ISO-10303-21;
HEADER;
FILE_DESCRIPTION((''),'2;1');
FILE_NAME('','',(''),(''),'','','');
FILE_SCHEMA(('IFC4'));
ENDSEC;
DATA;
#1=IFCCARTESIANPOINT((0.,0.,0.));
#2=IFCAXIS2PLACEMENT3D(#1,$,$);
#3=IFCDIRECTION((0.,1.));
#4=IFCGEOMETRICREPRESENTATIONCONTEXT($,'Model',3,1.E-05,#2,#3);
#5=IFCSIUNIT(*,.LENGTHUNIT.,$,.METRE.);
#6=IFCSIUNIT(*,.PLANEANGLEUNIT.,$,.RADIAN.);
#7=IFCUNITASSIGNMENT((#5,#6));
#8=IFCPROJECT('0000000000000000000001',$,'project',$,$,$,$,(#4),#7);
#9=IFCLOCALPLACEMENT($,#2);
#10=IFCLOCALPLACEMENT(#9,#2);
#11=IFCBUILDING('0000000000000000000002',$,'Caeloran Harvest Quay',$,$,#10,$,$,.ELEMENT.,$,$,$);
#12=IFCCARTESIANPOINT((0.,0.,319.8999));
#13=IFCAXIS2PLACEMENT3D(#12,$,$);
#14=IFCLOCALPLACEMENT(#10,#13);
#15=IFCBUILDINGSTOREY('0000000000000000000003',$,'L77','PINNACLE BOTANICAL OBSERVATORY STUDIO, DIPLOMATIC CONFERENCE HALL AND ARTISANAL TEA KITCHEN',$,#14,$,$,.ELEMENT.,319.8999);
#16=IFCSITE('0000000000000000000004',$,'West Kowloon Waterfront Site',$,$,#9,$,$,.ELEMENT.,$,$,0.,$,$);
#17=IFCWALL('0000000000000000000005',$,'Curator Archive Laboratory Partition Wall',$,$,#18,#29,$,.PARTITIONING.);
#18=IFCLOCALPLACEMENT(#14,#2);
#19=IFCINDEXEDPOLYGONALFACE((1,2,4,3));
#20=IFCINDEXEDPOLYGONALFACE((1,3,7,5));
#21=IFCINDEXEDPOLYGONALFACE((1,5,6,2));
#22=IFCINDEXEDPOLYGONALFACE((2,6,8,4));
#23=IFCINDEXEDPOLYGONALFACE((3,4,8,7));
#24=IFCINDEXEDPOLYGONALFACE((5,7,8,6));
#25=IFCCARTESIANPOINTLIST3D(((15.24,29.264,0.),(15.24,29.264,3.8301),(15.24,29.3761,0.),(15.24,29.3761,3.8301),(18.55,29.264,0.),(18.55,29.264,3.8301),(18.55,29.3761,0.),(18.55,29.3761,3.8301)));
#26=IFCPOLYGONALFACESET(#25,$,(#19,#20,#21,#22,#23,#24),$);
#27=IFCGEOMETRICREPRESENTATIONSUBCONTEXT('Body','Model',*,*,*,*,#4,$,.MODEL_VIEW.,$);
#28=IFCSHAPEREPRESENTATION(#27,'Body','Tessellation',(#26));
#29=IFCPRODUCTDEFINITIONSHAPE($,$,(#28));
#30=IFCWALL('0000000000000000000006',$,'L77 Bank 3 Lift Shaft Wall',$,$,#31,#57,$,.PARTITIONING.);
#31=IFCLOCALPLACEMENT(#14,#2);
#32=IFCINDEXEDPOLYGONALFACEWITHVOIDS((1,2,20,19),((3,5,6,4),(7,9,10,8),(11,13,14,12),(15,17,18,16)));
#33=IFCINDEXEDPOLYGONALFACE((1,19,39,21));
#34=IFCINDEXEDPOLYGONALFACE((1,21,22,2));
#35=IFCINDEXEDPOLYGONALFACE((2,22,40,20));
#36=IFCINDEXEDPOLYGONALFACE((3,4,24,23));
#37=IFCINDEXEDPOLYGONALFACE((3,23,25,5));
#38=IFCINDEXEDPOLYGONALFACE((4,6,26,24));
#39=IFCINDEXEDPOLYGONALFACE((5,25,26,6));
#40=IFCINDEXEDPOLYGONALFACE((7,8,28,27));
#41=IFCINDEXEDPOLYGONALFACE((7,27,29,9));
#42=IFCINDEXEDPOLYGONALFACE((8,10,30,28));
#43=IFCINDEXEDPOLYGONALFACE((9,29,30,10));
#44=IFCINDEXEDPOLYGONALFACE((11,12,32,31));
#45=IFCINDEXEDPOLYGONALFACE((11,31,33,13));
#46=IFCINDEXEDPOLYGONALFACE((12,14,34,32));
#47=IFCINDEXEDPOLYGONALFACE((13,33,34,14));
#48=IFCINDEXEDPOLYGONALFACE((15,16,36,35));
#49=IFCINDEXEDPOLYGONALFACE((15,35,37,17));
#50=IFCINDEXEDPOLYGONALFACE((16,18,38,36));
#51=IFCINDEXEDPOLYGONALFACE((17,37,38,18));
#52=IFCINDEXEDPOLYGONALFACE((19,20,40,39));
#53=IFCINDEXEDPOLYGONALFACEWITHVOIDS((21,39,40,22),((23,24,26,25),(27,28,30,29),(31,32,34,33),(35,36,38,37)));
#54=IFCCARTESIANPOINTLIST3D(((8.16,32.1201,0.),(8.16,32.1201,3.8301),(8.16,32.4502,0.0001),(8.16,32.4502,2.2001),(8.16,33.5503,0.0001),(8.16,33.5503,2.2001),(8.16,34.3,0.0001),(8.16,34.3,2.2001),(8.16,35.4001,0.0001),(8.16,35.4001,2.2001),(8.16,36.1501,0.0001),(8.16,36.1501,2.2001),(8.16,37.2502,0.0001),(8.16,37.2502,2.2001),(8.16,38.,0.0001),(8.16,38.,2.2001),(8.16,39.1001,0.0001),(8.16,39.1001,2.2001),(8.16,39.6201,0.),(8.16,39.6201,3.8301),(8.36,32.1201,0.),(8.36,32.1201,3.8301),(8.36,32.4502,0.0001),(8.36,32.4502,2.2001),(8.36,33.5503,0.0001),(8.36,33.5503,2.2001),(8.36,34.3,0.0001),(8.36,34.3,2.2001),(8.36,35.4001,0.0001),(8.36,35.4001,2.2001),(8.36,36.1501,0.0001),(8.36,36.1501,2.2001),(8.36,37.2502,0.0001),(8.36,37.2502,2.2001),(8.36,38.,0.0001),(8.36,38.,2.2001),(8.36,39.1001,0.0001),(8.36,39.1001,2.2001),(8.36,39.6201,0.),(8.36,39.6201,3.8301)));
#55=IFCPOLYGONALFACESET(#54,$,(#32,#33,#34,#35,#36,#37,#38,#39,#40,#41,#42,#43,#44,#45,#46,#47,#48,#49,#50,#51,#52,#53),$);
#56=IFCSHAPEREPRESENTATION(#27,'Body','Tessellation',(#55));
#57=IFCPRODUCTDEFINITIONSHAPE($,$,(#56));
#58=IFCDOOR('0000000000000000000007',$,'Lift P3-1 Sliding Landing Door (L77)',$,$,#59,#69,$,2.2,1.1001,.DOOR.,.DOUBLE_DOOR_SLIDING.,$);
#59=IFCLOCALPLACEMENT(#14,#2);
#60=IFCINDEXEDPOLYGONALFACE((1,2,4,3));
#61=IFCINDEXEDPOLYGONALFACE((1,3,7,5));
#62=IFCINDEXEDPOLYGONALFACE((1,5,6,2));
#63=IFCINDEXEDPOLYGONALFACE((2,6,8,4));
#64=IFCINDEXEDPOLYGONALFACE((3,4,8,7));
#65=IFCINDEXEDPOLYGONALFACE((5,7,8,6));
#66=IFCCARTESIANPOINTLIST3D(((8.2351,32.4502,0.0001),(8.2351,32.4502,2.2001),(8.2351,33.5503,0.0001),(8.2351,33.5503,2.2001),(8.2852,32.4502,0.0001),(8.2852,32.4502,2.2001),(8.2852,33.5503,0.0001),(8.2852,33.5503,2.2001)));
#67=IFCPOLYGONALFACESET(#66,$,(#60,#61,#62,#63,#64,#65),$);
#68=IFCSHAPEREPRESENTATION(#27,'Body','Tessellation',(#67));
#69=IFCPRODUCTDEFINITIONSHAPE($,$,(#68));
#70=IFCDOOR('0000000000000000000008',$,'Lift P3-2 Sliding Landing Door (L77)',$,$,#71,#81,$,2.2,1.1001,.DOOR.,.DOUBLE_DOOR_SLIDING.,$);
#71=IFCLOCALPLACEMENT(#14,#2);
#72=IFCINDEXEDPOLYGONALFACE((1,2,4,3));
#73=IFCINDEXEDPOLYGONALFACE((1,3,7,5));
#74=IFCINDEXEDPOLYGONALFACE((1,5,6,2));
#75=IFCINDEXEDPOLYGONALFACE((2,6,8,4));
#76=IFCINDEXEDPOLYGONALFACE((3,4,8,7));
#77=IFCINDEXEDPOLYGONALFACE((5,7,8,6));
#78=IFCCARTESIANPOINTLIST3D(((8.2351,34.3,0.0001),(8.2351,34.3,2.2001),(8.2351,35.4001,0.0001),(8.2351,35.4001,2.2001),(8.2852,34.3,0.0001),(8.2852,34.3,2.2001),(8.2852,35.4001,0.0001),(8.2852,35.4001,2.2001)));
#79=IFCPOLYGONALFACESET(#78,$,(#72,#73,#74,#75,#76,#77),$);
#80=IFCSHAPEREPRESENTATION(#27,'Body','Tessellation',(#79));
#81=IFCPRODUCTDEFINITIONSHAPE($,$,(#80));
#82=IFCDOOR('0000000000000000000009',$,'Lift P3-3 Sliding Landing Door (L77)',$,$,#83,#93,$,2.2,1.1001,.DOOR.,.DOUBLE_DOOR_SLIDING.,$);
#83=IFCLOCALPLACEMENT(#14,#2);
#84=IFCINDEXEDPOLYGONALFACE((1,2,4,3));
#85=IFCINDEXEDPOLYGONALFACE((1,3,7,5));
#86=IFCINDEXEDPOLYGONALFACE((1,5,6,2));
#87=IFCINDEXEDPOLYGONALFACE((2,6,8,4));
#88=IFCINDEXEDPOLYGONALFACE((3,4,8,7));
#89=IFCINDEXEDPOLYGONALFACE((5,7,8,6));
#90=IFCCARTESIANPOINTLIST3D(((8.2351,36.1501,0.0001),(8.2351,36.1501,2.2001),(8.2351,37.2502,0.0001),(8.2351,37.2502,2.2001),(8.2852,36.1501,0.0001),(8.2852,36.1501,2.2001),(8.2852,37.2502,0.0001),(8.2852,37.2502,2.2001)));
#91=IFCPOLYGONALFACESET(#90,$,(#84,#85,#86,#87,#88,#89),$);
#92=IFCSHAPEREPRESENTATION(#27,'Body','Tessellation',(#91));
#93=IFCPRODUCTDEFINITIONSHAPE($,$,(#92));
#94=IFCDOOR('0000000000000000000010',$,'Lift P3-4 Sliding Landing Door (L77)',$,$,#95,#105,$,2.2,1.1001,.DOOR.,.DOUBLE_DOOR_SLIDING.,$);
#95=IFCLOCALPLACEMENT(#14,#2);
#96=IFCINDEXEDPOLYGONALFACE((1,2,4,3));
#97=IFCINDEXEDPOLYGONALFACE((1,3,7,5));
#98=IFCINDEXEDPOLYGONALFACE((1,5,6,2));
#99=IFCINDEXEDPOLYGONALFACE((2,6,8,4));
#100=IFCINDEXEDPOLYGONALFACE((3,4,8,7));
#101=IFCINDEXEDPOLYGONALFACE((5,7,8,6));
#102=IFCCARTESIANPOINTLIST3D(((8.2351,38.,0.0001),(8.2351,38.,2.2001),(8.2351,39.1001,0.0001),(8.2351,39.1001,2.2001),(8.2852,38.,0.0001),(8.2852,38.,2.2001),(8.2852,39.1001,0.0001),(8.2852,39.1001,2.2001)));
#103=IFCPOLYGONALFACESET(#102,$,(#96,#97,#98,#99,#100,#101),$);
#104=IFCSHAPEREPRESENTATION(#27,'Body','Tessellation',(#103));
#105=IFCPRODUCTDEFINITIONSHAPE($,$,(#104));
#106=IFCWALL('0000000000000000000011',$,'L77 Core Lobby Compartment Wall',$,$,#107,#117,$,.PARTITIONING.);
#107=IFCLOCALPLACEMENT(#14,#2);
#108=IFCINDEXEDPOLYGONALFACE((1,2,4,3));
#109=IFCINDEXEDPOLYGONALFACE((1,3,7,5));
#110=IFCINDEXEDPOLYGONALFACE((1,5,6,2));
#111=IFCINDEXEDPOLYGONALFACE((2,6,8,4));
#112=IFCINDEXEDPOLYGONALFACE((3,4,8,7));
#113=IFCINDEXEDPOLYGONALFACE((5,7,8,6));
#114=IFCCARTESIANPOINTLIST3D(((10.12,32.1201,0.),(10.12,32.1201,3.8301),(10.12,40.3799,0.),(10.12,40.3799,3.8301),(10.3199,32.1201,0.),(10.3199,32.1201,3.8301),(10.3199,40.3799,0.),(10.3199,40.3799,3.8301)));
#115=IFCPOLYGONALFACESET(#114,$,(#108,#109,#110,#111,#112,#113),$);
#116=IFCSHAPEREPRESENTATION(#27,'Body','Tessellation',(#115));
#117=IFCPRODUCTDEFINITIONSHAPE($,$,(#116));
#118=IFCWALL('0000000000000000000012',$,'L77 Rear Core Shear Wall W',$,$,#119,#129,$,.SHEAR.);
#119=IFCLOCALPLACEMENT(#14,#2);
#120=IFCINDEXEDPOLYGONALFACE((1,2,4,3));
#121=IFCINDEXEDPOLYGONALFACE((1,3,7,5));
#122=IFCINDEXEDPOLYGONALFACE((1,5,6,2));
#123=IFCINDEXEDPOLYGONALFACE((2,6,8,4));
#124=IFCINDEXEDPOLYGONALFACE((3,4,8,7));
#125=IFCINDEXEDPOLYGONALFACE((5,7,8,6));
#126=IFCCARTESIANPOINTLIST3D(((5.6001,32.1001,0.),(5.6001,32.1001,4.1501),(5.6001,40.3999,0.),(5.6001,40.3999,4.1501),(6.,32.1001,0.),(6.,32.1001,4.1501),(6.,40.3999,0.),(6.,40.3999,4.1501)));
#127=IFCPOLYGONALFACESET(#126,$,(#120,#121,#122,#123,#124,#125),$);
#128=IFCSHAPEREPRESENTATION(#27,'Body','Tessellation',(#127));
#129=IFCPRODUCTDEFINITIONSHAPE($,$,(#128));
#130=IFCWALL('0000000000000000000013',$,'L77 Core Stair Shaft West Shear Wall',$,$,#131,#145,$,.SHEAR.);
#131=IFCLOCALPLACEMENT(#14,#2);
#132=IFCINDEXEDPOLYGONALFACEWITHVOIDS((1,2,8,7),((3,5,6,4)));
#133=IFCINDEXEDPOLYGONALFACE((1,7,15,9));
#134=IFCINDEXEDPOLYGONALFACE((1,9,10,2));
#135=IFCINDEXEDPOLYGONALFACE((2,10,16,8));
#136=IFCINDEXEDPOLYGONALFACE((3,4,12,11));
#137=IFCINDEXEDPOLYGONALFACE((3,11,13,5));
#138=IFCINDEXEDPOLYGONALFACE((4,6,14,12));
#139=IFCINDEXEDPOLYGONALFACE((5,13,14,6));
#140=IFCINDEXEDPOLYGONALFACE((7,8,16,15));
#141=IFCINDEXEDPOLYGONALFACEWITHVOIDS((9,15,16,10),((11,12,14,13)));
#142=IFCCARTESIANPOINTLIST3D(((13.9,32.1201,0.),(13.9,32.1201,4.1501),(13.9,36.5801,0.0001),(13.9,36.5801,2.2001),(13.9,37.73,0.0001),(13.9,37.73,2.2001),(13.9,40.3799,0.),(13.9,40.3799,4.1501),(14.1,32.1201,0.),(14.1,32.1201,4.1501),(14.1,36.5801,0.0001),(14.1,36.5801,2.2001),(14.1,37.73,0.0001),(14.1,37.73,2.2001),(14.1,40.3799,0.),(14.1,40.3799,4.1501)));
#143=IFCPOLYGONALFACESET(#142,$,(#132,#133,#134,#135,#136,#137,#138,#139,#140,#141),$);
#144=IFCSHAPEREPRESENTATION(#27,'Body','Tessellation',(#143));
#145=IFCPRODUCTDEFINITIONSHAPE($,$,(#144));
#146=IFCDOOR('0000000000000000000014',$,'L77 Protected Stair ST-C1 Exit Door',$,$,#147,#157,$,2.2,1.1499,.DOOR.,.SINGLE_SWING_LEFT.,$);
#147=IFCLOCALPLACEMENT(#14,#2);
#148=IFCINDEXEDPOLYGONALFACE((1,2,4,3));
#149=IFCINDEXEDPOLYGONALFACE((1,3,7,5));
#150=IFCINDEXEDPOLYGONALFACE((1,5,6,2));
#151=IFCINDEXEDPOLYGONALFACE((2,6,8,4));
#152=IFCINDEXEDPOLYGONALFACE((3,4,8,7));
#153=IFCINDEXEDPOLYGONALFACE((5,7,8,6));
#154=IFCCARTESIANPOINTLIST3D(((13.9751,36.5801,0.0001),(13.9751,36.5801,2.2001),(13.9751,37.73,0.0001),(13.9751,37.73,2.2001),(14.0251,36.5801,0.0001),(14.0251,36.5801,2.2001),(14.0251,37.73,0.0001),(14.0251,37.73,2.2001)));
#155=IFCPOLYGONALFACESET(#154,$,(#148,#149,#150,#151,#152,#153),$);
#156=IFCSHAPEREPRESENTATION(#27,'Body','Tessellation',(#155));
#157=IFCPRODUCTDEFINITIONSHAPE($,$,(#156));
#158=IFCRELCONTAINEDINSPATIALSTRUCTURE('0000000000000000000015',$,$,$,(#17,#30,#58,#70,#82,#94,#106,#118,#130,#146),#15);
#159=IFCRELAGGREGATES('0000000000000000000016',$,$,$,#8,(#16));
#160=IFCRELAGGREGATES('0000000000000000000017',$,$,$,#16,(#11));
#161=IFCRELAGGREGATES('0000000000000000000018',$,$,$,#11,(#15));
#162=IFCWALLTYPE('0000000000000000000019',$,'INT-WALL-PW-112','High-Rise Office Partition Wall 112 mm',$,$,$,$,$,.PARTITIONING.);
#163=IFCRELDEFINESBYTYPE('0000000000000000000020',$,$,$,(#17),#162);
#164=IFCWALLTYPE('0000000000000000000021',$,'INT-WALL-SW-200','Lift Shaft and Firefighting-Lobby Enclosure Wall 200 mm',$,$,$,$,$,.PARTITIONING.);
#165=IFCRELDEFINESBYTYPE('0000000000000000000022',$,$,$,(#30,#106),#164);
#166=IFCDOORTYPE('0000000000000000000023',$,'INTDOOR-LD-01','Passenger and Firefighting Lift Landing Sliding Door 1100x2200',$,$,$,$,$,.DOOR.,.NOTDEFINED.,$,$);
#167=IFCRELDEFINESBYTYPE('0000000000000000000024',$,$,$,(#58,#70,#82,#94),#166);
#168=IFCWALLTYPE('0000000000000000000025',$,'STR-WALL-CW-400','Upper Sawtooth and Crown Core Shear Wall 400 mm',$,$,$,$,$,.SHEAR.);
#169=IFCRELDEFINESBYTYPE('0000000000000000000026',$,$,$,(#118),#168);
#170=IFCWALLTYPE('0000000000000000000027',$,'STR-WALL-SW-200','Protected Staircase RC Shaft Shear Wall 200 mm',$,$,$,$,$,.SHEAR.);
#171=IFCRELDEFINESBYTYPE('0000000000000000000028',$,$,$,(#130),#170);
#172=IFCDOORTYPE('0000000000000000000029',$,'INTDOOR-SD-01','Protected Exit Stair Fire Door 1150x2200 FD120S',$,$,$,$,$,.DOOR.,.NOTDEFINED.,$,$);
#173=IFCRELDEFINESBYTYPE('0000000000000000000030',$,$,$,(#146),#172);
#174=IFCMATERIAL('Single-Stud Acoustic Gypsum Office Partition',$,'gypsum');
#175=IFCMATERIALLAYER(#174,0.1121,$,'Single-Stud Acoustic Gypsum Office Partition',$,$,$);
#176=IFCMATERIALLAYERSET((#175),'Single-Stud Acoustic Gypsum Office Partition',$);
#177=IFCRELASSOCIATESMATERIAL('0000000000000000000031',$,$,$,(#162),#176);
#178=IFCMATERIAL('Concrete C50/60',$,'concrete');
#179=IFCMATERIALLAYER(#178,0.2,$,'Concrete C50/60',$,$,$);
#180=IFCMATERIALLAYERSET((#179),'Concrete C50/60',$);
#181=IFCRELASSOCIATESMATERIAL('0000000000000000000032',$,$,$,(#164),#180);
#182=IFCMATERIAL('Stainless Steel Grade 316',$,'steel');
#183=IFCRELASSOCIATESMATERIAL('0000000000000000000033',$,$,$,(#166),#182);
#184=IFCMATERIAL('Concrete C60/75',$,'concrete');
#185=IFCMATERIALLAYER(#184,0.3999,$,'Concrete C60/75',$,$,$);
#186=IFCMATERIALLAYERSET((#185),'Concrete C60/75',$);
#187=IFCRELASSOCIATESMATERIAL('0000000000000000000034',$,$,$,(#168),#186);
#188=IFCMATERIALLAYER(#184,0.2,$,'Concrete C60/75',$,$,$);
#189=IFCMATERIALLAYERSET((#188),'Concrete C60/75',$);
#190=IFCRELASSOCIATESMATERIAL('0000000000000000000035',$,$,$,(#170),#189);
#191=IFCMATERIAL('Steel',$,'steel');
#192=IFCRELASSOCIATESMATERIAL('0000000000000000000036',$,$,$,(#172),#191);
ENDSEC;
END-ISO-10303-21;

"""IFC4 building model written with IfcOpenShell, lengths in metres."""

from ifc_helpers import new_model, si_unit, direction, frame, frame_2d, origin, place, context, subcontext, project, spatial, rectangle, extrude, material, layer, layer_set, type_object, element, fill, save


model = new_model("IFC4")

# Units and contexts
model_context = context("Model", 3, precision=1e-05, world=origin(), true_north=direction((0.0, 1.0)))
body_context = subcontext(model_context, "Body", "Model", "MODEL_VIEW")
ifc_project = project(units=[si_unit("LENGTHUNIT", "METRE"), si_unit("PLANEANGLEUNIT", "RADIAN")], contexts=[model_context])

# Site, building, storey
site_placement = place(None, origin())
site = spatial("IfcSite", under=ifc_project, at=site_placement, Name="West Kowloon Waterfront Site", CompositionType="ELEMENT", RefElevation=0.0)
building_placement = place(site_placement, origin())
building = spatial("IfcBuilding", under=site, at=building_placement, Name="Caeloran Harvest Quay", CompositionType="ELEMENT")
storey_placement = place(building_placement, frame((0.0, 0.0, 319.8999)))
storey = spatial("IfcBuildingStorey", under=building, at=storey_placement, Name="L77", Description="PINNACLE BOTANICAL OBSERVATORY STUDIO, DIPLOMATIC CONFERENCE HALL AND ARTISANAL TEA KITCHEN", CompositionType="ELEMENT", Elevation=319.8999)

# Shared definitions
ifc_material_1 = material(Name="Concrete C60/75", Category="concrete")

# Shared definitions
ifc_material_2 = material(Name="Single-Stud Acoustic Gypsum Office Partition", Category="gypsum")
ifc_layer_1 = layer(ifc_material_2, 0.1121, Name="Single-Stud Acoustic Gypsum Office Partition")
ifc_layer_set_1 = layer_set([ifc_layer_1], Name="Single-Stud Acoustic Gypsum Office Partition")
wall_type_1 = type_object("IfcWallType", Name="INT-WALL-PW-112", Description="High-Rise Office Partition Wall 112 mm", PredefinedType="PARTITIONING", material=ifc_layer_set_1)

# Wall
wall_1_placement = place(storey_placement, frame((15.24, 29.3201, 0.0), z_axis=(0.0, 0.0, 1.0), x_axis=(1.0, 0.0, 0.0)))
element("IfcWall", 1, at=wall_1_placement, inside=storey, type_object=wall_type_1, Name="Curator Archive Laboratory Partition Wall", PredefinedType="PARTITIONING", context=body_context, shape_type="SweptSolid", body=[
    extrude(rectangle(XDim=3.3101, YDim=0.1121, at=frame_2d((1.655, 0.0))), origin(), (0.0, 0.0, 1.0), 3.8301),
])

# Wall, openings, doors
ifc_material_3 = material(Name="Concrete C50/60", Category="concrete")
ifc_layer_2 = layer(ifc_material_3, 0.2, Name="Concrete C50/60")
ifc_layer_set_2 = layer_set([ifc_layer_2], Name="Concrete C50/60")
wall_type_2 = type_object("IfcWallType", Name="INT-WALL-SW-200", Description="Lift Shaft and Firefighting-Lobby Enclosure Wall 200 mm", PredefinedType="PARTITIONING", material=ifc_layer_set_2)
wall_2_placement = place(storey_placement, frame((8.26, 32.1201, 0.0), z_axis=(0.0, 0.0, 1.0), x_axis=(0.0, 1.0, 0.0)))
wall_2 = element("IfcWall", 2, at=wall_2_placement, inside=storey, type_object=wall_type_2, Name="L77 Bank 3 Lift Shaft Wall", PredefinedType="PARTITIONING", context=body_context, shape_type="SweptSolid", body=[
    extrude(rectangle(XDim=7.5, YDim=0.2, at=frame_2d((3.75, 0.0))), origin(), (0.0, 0.0, 1.0), 3.8301),
])
opening_1_placement = place(wall_2_placement, frame((0.3301, 0.0, 0.0)))
opening_1 = element("IfcOpeningElement", 3, at=opening_1_placement, cuts=wall_2, PredefinedType="OPENING", context=body_context, shape_type="SweptSolid", body=[
    extrude(rectangle(XDim=1.1001, YDim=2.2, at=frame_2d((0.55, 1.1001))), frame((0.0, 0.1099, 0.0), z_axis=(0.0, -1.0, 0.0), x_axis=(1.0, 0.0, 0.0)), (0.0, 0.0, 1.0), 0.22),
])
opening_2_placement = place(wall_2_placement, frame((2.1799, 0.0, 0.0)))
opening_2 = element("IfcOpeningElement", 4, at=opening_2_placement, cuts=wall_2, PredefinedType="OPENING", context=body_context, shape_type="SweptSolid", body=[
    extrude(rectangle(XDim=1.1001, YDim=2.2, at=frame_2d((0.55, 1.1001))), frame((0.0, 0.1099, 0.0), z_axis=(0.0, -1.0, 0.0), x_axis=(1.0, 0.0, 0.0)), (0.0, 0.0, 1.0), 0.22),
])
opening_3_placement = place(wall_2_placement, frame((4.03, 0.0, 0.0)))
opening_3 = element("IfcOpeningElement", 5, at=opening_3_placement, cuts=wall_2, PredefinedType="OPENING", context=body_context, shape_type="SweptSolid", body=[
    extrude(rectangle(XDim=1.1001, YDim=2.2, at=frame_2d((0.55, 1.1001))), frame((0.0, 0.1099, 0.0), z_axis=(0.0, -1.0, 0.0), x_axis=(1.0, 0.0, 0.0)), (0.0, 0.0, 1.0), 0.22),
])
opening_4_placement = place(wall_2_placement, frame((5.8799, 0.0, 0.0)))
opening_4 = element("IfcOpeningElement", 6, at=opening_4_placement, cuts=wall_2, PredefinedType="OPENING", context=body_context, shape_type="SweptSolid", body=[
    extrude(rectangle(XDim=1.1001, YDim=2.2, at=frame_2d((0.55, 1.1001))), frame((0.0, 0.1099, 0.0), z_axis=(0.0, -1.0, 0.0), x_axis=(1.0, 0.0, 0.0)), (0.0, 0.0, 1.0), 0.22),
])
ifc_material_4 = material(Name="Stainless Steel Grade 316", Category="steel")
door_type_1 = type_object("IfcDoorType", Name="INTDOOR-LD-01", Description="Passenger and Firefighting Lift Landing Sliding Door 1100x2200", OperationType="NOTDEFINED", PredefinedType="DOOR", material=ifc_material_4)
door_1_placement = place(opening_1_placement, origin())
door_1 = element("IfcDoor", 7, at=door_1_placement, inside=storey, type_object=door_type_1, Name="Lift P3-1 Sliding Landing Door (L77)", OperationType="DOUBLE_DOOR_SLIDING", OverallHeight=2.2, OverallWidth=1.1001, PredefinedType="DOOR", context=body_context, shape_type="SweptSolid", body=[
    extrude(rectangle(XDim=1.1001, YDim=2.2, at=frame_2d((0.55, 1.1001))), frame((0.0, 0.0249, 0.0), z_axis=(0.0, -1.0, 0.0), x_axis=(1.0, 0.0, 0.0)), (0.0, 0.0, 1.0), 0.05),
])
fill(opening_1, door_1)
door_2_placement = place(opening_2_placement, origin())
door_2 = element("IfcDoor", 8, at=door_2_placement, inside=storey, type_object=door_type_1, Name="Lift P3-2 Sliding Landing Door (L77)", OperationType="DOUBLE_DOOR_SLIDING", OverallHeight=2.2, OverallWidth=1.1001, PredefinedType="DOOR", context=body_context, shape_type="SweptSolid", body=[
    extrude(rectangle(XDim=1.1001, YDim=2.2, at=frame_2d((0.55, 1.1001))), frame((0.0, 0.0249, 0.0), z_axis=(0.0, -1.0, 0.0), x_axis=(1.0, 0.0, 0.0)), (0.0, 0.0, 1.0), 0.05),
])
fill(opening_2, door_2)
door_3_placement = place(opening_3_placement, origin())
door_3 = element("IfcDoor", 9, at=door_3_placement, inside=storey, type_object=door_type_1, Name="Lift P3-3 Sliding Landing Door (L77)", OperationType="DOUBLE_DOOR_SLIDING", OverallHeight=2.2, OverallWidth=1.1001, PredefinedType="DOOR", context=body_context, shape_type="SweptSolid", body=[
    extrude(rectangle(XDim=1.1001, YDim=2.2, at=frame_2d((0.55, 1.1001))), frame((0.0, 0.0249, 0.0), z_axis=(0.0, -1.0, 0.0), x_axis=(1.0, 0.0, 0.0)), (0.0, 0.0, 1.0), 0.05),
])
fill(opening_3, door_3)
door_4_placement = place(opening_4_placement, origin())
door_4 = element("IfcDoor", 10, at=door_4_placement, inside=storey, type_object=door_type_1, Name="Lift P3-4 Sliding Landing Door (L77)", OperationType="DOUBLE_DOOR_SLIDING", OverallHeight=2.2, OverallWidth=1.1001, PredefinedType="DOOR", context=body_context, shape_type="SweptSolid", body=[
    extrude(rectangle(XDim=1.1001, YDim=2.2, at=frame_2d((0.55, 1.1001))), frame((0.0, 0.0249, 0.0), z_axis=(0.0, -1.0, 0.0), x_axis=(1.0, 0.0, 0.0)), (0.0, 0.0, 1.0), 0.05),
])
fill(opening_4, door_4)

# Walls
wall_3_placement = place(storey_placement, frame((10.22, 32.1201, 0.0), z_axis=(0.0, 0.0, 1.0), x_axis=(0.0, 1.0, 0.0)))
element("IfcWall", 11, at=wall_3_placement, inside=storey, type_object=wall_type_2, Name="L77 Core Lobby Compartment Wall", PredefinedType="PARTITIONING", context=body_context, shape_type="SweptSolid", body=[
    extrude(rectangle(XDim=8.2598, YDim=0.2, at=frame_2d((4.1299, 0.0))), origin(), (0.0, 0.0, 1.0), 3.8301),
])
ifc_layer_3 = layer(ifc_material_1, 0.3999, Name="Concrete C60/75")
ifc_layer_set_3 = layer_set([ifc_layer_3], Name="Concrete C60/75")
wall_type_3 = type_object("IfcWallType", Name="STR-WALL-CW-400", Description="Upper Sawtooth and Crown Core Shear Wall 400 mm", PredefinedType="SHEAR", material=ifc_layer_set_3)
wall_4_placement = place(storey_placement, frame((5.8, 32.1001, 0.0), z_axis=(0.0, 0.0, 1.0), x_axis=(0.0, 1.0, 0.0)))
element("IfcWall", 12, at=wall_4_placement, inside=storey, type_object=wall_type_3, Name="L77 Rear Core Shear Wall W", PredefinedType="SHEAR", context=body_context, shape_type="SweptSolid", body=[
    extrude(rectangle(XDim=8.2998, YDim=0.3999, at=frame_2d((4.1499, 0.0))), origin(), (0.0, 0.0, 1.0), 4.1501),
])

# Wall, opening, door
ifc_layer_4 = layer(ifc_material_1, 0.2, Name="Concrete C60/75")
ifc_layer_set_4 = layer_set([ifc_layer_4], Name="Concrete C60/75")
wall_type_4 = type_object("IfcWallType", Name="STR-WALL-SW-200", Description="Protected Staircase RC Shaft Shear Wall 200 mm", PredefinedType="SHEAR", material=ifc_layer_set_4)
wall_5_placement = place(storey_placement, frame((14.0, 32.1201, 0.0), z_axis=(0.0, 0.0, 1.0), x_axis=(0.0, 1.0, 0.0)))
wall_5 = element("IfcWall", 13, at=wall_5_placement, inside=storey, type_object=wall_type_4, Name="L77 Core Stair Shaft West Shear Wall", PredefinedType="SHEAR", context=body_context, shape_type="SweptSolid", body=[
    extrude(rectangle(XDim=8.2598, YDim=0.2, at=frame_2d((4.1299, 0.0))), origin(), (0.0, 0.0, 1.0), 4.1501),
])
opening_5_placement = place(wall_5_placement, frame((4.46, 0.0, 0.0)))
opening_5 = element("IfcOpeningElement", 14, at=opening_5_placement, cuts=wall_5, PredefinedType="OPENING", context=body_context, shape_type="SweptSolid", body=[
    extrude(rectangle(XDim=1.1499, YDim=2.2, at=frame_2d((0.575, 1.1001))), frame((0.0, 0.1099, 0.0), z_axis=(0.0, -1.0, 0.0), x_axis=(1.0, 0.0, 0.0)), (0.0, 0.0, 1.0), 0.22),
])
ifc_material_5 = material(Name="Steel", Category="steel")
door_type_2 = type_object("IfcDoorType", Name="INTDOOR-SD-01", Description="Protected Exit Stair Fire Door 1150x2200 FD120S", OperationType="NOTDEFINED", PredefinedType="DOOR", material=ifc_material_5)
door_5_placement = place(opening_5_placement, origin())
door_5 = element("IfcDoor", 15, at=door_5_placement, inside=storey, type_object=door_type_2, Name="L77 Protected Stair ST-C1 Exit Door", OperationType="SINGLE_SWING_LEFT", OverallHeight=2.2, OverallWidth=1.1499, PredefinedType="DOOR", context=body_context, shape_type="SweptSolid", body=[
    extrude(rectangle(XDim=1.1499, YDim=2.2, at=frame_2d((0.575, 1.1001))), frame((0.0, 0.0249, 0.0), z_axis=(0.0, -1.0, 0.0), x_axis=(1.0, 0.0, 0.0)), (0.0, 0.0, 1.0), 0.05),
])
fill(opening_5, door_5)

save(model, "model.ifc")
